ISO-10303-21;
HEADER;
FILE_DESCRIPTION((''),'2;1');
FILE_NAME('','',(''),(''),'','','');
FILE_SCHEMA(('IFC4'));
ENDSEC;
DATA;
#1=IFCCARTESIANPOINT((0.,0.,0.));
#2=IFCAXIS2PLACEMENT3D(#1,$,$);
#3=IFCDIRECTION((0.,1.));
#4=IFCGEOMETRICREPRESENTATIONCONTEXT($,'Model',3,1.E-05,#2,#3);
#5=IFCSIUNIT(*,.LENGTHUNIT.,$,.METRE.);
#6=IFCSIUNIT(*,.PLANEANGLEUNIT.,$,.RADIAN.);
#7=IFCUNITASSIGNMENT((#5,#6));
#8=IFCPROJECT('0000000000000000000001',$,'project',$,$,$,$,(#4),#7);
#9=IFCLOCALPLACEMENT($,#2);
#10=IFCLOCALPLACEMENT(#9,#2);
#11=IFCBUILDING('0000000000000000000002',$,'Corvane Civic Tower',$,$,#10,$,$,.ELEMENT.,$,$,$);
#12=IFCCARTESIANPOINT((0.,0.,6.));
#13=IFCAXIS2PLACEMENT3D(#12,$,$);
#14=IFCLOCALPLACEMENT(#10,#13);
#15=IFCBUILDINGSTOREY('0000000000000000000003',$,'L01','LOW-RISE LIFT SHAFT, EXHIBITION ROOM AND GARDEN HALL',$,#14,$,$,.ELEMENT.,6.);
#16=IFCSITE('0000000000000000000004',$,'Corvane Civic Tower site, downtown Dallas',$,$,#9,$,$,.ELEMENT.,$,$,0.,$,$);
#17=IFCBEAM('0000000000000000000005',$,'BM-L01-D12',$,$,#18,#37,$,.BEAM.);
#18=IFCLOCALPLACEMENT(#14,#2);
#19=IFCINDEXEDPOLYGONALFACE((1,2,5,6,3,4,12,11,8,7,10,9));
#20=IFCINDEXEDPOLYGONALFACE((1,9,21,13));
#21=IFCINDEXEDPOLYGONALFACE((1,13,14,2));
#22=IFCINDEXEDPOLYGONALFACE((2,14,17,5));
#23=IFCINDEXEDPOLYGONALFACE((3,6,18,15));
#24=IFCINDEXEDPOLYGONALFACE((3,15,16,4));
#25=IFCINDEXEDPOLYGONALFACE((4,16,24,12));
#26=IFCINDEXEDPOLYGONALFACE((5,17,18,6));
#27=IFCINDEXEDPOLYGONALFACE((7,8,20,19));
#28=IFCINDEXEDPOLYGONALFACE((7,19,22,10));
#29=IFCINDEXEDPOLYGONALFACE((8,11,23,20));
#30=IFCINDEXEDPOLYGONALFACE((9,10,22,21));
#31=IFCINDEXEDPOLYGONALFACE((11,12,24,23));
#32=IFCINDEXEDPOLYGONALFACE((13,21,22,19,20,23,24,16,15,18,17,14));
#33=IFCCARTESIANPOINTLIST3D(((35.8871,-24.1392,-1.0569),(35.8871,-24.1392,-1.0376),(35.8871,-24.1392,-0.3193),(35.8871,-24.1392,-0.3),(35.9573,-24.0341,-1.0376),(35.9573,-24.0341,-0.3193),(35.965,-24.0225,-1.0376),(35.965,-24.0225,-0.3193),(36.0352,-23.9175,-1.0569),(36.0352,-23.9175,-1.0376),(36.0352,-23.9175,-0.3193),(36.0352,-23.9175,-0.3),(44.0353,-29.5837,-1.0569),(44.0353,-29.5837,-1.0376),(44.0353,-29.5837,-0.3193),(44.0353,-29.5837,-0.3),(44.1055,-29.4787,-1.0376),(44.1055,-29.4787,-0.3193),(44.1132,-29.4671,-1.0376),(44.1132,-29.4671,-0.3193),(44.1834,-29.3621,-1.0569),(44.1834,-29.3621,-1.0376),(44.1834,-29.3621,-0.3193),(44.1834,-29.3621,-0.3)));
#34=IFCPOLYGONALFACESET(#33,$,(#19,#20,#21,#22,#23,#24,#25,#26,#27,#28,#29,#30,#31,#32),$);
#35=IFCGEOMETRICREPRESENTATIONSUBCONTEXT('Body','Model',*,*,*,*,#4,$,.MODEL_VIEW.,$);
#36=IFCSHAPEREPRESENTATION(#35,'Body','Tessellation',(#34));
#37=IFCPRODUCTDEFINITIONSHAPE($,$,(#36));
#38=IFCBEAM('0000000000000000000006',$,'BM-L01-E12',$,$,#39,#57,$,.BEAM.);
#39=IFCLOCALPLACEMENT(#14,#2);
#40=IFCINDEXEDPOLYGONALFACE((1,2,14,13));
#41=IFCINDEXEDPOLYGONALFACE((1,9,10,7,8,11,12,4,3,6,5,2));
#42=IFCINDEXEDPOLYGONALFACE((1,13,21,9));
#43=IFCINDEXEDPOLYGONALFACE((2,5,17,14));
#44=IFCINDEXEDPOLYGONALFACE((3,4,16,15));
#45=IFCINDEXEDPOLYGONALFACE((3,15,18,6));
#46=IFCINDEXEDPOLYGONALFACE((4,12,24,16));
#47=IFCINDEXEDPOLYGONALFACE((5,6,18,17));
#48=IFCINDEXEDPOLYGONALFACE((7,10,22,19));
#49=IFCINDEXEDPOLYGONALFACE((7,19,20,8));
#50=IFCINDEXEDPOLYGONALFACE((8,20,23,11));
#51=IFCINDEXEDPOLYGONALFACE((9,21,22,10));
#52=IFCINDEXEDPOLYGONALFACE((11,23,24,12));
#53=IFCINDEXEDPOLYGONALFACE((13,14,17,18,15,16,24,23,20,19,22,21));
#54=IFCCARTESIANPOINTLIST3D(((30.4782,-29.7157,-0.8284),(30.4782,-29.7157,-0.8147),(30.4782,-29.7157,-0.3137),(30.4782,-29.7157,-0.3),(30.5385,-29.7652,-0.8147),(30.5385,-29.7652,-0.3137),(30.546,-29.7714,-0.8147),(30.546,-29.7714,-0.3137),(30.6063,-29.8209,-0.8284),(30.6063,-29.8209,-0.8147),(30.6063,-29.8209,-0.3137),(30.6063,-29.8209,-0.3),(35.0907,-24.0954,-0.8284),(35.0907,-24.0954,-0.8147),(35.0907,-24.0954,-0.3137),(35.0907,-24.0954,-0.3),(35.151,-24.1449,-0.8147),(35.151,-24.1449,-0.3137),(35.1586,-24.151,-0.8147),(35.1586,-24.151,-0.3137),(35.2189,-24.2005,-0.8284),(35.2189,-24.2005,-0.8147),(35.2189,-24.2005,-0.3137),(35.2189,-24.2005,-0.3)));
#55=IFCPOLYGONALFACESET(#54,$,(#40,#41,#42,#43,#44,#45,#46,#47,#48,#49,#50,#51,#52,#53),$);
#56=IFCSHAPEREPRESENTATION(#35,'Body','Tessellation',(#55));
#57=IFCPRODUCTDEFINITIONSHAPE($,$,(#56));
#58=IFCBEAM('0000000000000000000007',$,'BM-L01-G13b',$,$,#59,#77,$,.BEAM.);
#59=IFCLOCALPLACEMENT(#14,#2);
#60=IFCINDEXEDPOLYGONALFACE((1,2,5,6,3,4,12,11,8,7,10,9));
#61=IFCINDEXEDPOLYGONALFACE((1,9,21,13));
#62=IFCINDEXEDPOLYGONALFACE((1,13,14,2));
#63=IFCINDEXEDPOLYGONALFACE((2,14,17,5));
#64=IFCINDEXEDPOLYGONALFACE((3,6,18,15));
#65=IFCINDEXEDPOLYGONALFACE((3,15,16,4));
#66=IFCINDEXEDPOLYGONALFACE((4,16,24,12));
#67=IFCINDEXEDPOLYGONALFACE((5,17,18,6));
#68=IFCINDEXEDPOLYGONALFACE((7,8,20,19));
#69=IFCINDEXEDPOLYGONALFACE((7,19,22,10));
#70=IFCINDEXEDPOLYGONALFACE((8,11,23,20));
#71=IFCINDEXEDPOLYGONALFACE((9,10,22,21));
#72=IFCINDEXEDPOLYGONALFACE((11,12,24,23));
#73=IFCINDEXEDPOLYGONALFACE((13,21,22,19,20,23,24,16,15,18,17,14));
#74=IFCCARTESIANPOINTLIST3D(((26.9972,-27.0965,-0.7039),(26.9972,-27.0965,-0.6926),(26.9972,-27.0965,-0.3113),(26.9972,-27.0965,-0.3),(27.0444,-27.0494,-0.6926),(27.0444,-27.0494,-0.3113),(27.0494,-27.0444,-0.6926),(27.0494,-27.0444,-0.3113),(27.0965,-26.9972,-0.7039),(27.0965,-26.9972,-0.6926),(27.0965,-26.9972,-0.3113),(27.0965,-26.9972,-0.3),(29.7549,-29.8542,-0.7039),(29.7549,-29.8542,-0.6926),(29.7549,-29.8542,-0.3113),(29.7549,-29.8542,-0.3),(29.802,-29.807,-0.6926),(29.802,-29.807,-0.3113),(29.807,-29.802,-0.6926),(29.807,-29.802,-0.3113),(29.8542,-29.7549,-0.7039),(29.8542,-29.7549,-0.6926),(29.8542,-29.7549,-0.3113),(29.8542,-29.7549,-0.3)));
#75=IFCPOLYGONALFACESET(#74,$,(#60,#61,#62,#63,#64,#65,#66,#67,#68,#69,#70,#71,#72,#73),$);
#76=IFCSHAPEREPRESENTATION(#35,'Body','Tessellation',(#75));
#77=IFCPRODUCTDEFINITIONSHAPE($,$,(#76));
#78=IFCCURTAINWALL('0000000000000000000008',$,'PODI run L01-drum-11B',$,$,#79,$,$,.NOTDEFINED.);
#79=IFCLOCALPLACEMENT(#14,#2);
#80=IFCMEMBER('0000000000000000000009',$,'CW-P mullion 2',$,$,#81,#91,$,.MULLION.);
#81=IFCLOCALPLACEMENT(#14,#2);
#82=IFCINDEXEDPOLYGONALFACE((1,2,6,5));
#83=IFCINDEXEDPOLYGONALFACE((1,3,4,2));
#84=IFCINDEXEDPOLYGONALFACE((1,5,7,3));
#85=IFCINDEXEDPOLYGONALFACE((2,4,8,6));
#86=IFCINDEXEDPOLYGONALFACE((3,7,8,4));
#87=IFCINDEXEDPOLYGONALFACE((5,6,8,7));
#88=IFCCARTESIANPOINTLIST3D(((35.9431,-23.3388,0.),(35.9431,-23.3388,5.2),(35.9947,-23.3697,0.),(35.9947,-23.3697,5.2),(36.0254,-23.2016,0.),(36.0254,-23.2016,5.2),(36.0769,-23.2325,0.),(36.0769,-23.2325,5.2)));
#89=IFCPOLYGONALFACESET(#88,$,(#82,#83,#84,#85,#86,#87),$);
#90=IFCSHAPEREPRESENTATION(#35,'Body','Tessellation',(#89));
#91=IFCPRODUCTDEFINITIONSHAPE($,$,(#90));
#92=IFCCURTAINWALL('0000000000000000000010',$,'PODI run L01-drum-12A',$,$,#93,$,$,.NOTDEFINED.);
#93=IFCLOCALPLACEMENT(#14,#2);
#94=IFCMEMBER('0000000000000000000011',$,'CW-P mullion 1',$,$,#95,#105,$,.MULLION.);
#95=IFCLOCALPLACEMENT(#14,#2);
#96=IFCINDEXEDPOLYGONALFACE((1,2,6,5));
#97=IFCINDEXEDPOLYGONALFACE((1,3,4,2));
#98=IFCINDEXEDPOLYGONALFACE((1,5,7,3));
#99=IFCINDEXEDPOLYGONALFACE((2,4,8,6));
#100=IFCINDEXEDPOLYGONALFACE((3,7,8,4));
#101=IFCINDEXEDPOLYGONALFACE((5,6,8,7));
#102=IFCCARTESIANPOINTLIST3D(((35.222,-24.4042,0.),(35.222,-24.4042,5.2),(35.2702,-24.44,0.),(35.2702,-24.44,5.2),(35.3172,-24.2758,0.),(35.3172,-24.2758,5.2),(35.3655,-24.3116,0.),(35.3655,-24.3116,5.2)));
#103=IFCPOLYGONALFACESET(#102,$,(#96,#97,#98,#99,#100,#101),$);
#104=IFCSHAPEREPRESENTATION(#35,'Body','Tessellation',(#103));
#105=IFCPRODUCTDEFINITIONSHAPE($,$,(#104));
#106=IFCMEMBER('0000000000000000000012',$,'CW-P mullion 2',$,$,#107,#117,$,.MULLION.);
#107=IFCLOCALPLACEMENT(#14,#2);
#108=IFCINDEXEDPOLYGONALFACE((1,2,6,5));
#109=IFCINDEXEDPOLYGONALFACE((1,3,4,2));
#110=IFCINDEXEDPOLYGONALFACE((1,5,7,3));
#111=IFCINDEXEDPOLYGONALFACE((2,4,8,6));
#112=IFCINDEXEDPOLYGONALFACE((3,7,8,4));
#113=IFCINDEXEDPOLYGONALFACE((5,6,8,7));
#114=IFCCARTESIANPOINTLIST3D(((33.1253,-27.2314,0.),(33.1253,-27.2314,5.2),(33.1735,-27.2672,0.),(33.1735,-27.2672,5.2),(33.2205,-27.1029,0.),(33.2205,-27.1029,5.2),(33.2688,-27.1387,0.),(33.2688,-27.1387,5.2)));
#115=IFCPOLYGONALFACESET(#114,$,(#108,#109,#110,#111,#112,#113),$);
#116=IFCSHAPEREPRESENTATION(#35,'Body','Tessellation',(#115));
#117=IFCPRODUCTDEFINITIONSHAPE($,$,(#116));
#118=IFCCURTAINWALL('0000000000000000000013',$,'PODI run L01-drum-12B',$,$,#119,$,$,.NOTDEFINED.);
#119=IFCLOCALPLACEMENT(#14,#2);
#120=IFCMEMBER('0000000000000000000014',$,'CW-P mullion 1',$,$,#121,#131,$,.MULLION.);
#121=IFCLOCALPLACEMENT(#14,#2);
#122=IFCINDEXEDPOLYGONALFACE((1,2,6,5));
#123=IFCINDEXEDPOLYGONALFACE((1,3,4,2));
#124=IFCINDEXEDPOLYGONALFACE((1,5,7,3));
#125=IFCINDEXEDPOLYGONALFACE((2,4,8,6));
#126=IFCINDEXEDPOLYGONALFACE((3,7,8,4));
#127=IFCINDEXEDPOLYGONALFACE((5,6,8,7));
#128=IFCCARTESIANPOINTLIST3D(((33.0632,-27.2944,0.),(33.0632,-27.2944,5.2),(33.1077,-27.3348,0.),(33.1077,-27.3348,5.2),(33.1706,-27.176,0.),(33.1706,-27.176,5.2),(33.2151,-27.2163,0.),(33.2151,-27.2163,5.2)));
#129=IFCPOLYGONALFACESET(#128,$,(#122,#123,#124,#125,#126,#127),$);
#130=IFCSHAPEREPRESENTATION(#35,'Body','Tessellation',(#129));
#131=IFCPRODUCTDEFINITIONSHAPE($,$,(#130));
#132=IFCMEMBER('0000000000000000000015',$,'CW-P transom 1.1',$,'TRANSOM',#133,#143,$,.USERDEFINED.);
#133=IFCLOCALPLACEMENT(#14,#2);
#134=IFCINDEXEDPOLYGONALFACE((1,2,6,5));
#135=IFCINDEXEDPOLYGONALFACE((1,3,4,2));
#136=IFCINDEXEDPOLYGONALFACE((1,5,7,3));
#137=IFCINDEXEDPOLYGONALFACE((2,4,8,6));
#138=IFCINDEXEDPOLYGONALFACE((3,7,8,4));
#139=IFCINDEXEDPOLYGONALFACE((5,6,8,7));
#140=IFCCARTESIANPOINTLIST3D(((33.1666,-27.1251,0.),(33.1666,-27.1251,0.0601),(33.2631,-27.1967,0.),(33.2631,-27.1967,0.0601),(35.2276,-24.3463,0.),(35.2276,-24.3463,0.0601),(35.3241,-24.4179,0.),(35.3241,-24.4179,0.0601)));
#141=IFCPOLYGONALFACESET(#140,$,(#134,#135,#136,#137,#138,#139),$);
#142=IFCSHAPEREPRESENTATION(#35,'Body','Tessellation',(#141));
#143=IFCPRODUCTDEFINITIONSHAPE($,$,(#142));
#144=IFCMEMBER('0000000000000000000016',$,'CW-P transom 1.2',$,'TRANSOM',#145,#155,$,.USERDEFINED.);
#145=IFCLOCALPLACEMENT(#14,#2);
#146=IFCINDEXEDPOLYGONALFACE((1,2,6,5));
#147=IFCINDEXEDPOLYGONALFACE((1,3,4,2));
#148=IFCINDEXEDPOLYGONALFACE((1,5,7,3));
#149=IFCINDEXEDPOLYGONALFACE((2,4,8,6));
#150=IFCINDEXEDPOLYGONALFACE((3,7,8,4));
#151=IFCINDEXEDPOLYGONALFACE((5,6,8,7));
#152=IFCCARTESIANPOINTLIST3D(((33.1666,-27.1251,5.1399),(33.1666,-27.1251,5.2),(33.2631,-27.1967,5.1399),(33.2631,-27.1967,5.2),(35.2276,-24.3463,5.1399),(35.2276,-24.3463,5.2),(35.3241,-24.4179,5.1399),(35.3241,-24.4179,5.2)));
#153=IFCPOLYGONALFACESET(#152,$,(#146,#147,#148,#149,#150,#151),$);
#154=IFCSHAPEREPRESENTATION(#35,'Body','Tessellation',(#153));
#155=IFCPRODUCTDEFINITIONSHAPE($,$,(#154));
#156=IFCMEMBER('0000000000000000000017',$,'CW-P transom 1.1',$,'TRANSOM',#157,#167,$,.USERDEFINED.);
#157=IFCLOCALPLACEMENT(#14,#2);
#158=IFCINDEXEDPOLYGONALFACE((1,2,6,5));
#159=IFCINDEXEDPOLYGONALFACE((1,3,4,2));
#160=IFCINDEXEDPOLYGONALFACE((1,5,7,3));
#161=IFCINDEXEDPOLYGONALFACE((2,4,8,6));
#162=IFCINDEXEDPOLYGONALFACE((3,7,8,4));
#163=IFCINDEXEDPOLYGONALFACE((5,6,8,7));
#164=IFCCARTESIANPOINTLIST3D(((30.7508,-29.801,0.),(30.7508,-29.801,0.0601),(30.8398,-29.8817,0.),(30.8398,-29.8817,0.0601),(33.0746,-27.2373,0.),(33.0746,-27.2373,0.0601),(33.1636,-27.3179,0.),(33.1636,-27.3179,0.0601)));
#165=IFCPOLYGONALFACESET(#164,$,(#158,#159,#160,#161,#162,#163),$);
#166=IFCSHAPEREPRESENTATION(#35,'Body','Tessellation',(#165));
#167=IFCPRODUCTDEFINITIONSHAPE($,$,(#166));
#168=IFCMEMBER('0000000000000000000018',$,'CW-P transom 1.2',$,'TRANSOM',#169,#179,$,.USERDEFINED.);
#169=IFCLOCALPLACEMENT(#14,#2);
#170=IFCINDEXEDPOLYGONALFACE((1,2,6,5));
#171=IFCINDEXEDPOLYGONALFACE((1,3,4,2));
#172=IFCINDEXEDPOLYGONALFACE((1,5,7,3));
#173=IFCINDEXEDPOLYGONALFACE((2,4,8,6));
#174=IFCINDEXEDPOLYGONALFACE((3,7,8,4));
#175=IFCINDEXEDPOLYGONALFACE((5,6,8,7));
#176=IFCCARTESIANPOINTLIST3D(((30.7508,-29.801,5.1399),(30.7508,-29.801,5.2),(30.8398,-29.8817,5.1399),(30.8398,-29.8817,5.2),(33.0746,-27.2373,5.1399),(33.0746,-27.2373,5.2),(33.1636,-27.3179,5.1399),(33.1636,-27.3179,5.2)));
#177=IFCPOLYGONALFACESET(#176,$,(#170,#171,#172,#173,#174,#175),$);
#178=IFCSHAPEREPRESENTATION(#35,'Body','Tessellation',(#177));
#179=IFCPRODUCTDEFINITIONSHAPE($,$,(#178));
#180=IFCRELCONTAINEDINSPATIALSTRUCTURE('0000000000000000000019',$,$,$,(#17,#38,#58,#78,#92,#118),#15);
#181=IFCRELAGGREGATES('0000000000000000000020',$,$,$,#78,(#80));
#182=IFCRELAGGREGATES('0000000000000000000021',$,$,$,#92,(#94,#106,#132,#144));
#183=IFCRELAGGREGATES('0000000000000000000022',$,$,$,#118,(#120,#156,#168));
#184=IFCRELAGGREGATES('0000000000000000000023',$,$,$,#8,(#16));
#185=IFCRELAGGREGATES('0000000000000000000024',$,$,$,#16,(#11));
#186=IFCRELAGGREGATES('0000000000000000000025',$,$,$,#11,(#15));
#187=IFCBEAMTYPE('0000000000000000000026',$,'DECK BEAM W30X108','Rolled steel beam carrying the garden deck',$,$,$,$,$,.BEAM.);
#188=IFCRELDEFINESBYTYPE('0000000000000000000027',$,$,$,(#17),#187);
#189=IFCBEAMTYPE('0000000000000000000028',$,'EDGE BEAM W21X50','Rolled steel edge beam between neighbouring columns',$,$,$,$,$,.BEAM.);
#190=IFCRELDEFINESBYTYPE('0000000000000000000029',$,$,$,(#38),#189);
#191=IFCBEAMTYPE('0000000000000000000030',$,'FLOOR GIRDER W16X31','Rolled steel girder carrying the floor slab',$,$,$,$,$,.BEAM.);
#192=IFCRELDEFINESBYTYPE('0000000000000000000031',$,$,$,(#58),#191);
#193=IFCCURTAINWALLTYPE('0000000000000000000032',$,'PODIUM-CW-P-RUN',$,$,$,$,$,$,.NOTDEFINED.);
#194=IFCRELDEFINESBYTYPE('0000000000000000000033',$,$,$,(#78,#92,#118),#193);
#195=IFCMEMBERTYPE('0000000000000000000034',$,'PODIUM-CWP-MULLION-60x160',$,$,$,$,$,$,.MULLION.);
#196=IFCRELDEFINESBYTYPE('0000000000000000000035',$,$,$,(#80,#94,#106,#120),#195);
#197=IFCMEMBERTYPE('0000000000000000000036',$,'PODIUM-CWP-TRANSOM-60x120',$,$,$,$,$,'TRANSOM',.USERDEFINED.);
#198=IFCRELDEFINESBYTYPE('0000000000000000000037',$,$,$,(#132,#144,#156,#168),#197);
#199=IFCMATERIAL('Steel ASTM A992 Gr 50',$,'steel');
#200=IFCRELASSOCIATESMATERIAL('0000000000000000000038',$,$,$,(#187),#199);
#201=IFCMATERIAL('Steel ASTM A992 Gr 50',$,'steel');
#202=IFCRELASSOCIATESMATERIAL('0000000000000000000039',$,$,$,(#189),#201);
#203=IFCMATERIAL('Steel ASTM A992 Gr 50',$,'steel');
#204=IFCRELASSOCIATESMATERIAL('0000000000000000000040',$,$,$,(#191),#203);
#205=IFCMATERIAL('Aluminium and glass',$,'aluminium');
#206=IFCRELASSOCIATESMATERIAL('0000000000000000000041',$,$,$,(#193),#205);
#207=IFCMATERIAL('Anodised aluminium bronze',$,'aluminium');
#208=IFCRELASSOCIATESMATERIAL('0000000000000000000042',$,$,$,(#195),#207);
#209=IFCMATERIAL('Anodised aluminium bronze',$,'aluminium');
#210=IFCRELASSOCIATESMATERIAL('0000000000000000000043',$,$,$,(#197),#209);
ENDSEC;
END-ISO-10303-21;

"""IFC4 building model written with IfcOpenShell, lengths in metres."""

from ifc_helpers import new_model, si_unit, direction, frame, origin, origin_2d, place, context, subcontext, project, spatial, rectangle, i_section, extrude, material, material_profile, profile_set, type_object, element, aggregate, save


model = new_model("IFC4")

# Units and contexts
model_context = context("Model", 3, precision=1e-05, world=origin(), true_north=direction((0.0, 1.0)))
body_context = subcontext(model_context, "Body", "Model", "MODEL_VIEW")
ifc_project = project(units=[si_unit("LENGTHUNIT", "METRE"), si_unit("PLANEANGLEUNIT", "RADIAN")], contexts=[model_context])

# Site, building, storey
site_placement = place(None, origin())
site = spatial("IfcSite", under=ifc_project, at=site_placement, Name="Corvane Civic Tower site, downtown Dallas", CompositionType="ELEMENT", RefElevation=0.0)
building_placement = place(site_placement, origin())
building = spatial("IfcBuilding", under=site, at=building_placement, Name="Corvane Civic Tower", CompositionType="ELEMENT")
storey_placement = place(building_placement, frame((0.0, 0.0, 6.0)))
storey = spatial("IfcBuildingStorey", under=building, at=storey_placement, Name="L01", Description="LOW-RISE LIFT SHAFT, EXHIBITION ROOM AND GARDEN HALL", CompositionType="ELEMENT", Elevation=6.0)

# Beams
ifc_material_1 = material(Name="Steel ASTM A992 Gr 50", Category="steel")
ifc_material_profile_1 = material_profile(ifc_material_1, i_section(OverallWidth=0.2666, OverallDepth=0.7568, WebThickness=0.0139, FlangeThickness=0.0193, at=origin_2d()), Name="W30X108")
ifc_profile_set_1 = profile_set([ifc_material_profile_1], Name="Steel ASTM A992 Gr 50")
beam_type_1 = type_object("IfcBeamType", Name="DECK BEAM W30X108", Description="Rolled steel beam carrying the garden deck", PredefinedType="BEAM", material=ifc_profile_set_1)
beam_1_placement = place(storey_placement, frame((35.9612, -24.0283, -0.6785), z_axis=(0.831463, -0.555579, 0.0), x_axis=(0.555579, 0.831463, 0.0)))
element("IfcBeam", 1, at=beam_1_placement, inside=storey, type_object=beam_type_1, Name="BM-L01-D12", PredefinedType="BEAM", context=body_context, shape_type="SweptSolid", body=[
    extrude(i_section(OverallWidth=0.2666, OverallDepth=0.7568, WebThickness=0.0139, FlangeThickness=0.0193, at=origin_2d()), origin(), (0.0, 0.0, 1.0), 9.7998),
])
ifc_material_2 = material(Name="Steel ASTM A992 Gr 50", Category="steel")
ifc_material_profile_2 = material_profile(ifc_material_2, i_section(OverallWidth=0.1658, OverallDepth=0.5283, WebThickness=0.0098, FlangeThickness=0.0137, at=origin_2d()), Name="W21X50")
ifc_profile_set_2 = profile_set([ifc_material_profile_2], Name="Steel ASTM A992 Gr 50")
beam_type_2 = type_object("IfcBeamType", Name="EDGE BEAM W21X50", Description="Rolled steel edge beam between neighbouring columns", PredefinedType="BEAM", material=ifc_profile_set_2)
beam_2_placement = place(storey_placement, frame((35.1548, -24.1479, -0.5642), z_axis=(-0.634396, -0.773008, 0.0), x_axis=(0.773008, -0.634396, 0.0)))
element("IfcBeam", 2, at=beam_2_placement, inside=storey, type_object=beam_type_2, Name="BM-L01-E12", PredefinedType="BEAM", context=body_context, shape_type="SweptSolid", body=[
    extrude(i_section(OverallWidth=0.1658, OverallDepth=0.5283, WebThickness=0.0098, FlangeThickness=0.0137, at=origin_2d()), origin(), (0.0, 0.0, 1.0), 7.2708),
])
ifc_material_3 = material(Name="Steel ASTM A992 Gr 50", Category="steel")
ifc_material_profile_3 = material_profile(ifc_material_3, i_section(OverallWidth=0.1404, OverallDepth=0.4038, WebThickness=0.0071, FlangeThickness=0.0112, at=origin_2d()), Name="W16X31")
ifc_profile_set_3 = profile_set([ifc_material_profile_3], Name="Steel ASTM A992 Gr 50")
beam_type_3 = type_object("IfcBeamType", Name="FLOOR GIRDER W16X31", Description="Rolled steel girder carrying the floor slab", PredefinedType="BEAM", material=ifc_profile_set_3)
beam_3_placement = place(storey_placement, frame((27.0469, -27.0469, -0.502), z_axis=(0.707107, -0.707107, 0.0), x_axis=(0.707107, 0.707107, 0.0)))
element("IfcBeam", 3, at=beam_3_placement, inside=storey, type_object=beam_type_3, Name="BM-L01-G13b", PredefinedType="BEAM", context=body_context, shape_type="SweptSolid", body=[
    extrude(i_section(OverallWidth=0.1404, OverallDepth=0.4038, WebThickness=0.0071, FlangeThickness=0.0112, at=origin_2d()), origin(), (0.0, 0.0, 1.0), 3.8999),
])

# Curtain wall, member
ifc_material_4 = material(Name="Aluminium and glass", Category="aluminium")
curtain_wall_type = type_object("IfcCurtainWallType", Name="PODIUM-CW-P-RUN", PredefinedType="NOTDEFINED", material=ifc_material_4)
curtain_wall_1_placement = place(storey_placement, origin())
curtain_wall_1 = element("IfcCurtainWall", 4, at=curtain_wall_1_placement, inside=storey, type_object=curtain_wall_type, Name="PODI run L01-drum-11B", PredefinedType="NOTDEFINED")
ifc_material_5 = material(Name="Anodised aluminium bronze", Category="aluminium")
ifc_material_profile_4 = material_profile(ifc_material_5, rectangle(XDim=0.0601, YDim=0.1599, at=origin_2d()), Name="AL 60x160")
ifc_profile_set_4 = profile_set([ifc_material_profile_4], Name="Anodised aluminium bronze")
member_type_1 = type_object("IfcMemberType", Name="PODIUM-CWP-MULLION-60x160", PredefinedType="MULLION", material=ifc_profile_set_4)
member_1_placement = place(storey_placement, frame((36.01, -23.2856, 0.0), z_axis=(0.0, 0.0, 1.0), x_axis=(0.85772, -0.514118, 0.0)))
member_1 = element("IfcMember", 5, at=member_1_placement, type_object=member_type_1, Name="CW-P mullion 2", PredefinedType="MULLION", context=body_context, shape_type="SweptSolid", body=[
    extrude(rectangle(XDim=0.0601, YDim=0.1599, at=origin_2d()), origin(), (0.0, 0.0, 1.0), 5.2),
])

# Curtain wall, members
curtain_wall_2_placement = place(storey_placement, origin())
curtain_wall_2 = element("IfcCurtainWall", 6, at=curtain_wall_2_placement, inside=storey, type_object=curtain_wall_type, Name="PODI run L01-drum-12A", PredefinedType="NOTDEFINED")
member_2_placement = place(storey_placement, frame((35.2937, -24.3579, 0.0), z_axis=(0.0, 0.0, 1.0), x_axis=(0.803203, -0.595705, 0.0)))
member_2 = element("IfcMember", 7, at=member_2_placement, type_object=member_type_1, Name="CW-P mullion 1", PredefinedType="MULLION", context=body_context, shape_type="SweptSolid", body=[
    extrude(rectangle(XDim=0.0601, YDim=0.1599, at=origin_2d()), origin(), (0.0, 0.0, 1.0), 5.2),
])
member_3_placement = place(storey_placement, frame((33.197, -27.1851, 0.0), z_axis=(0.0, 0.0, 1.0), x_axis=(0.803203, -0.595705, 0.0)))
member_3 = element("IfcMember", 8, at=member_3_placement, type_object=member_type_1, Name="CW-P mullion 2", PredefinedType="MULLION", context=body_context, shape_type="SweptSolid", body=[
    extrude(rectangle(XDim=0.0601, YDim=0.1599, at=origin_2d()), origin(), (0.0, 0.0, 1.0), 5.2),
])

# Curtain wall, member
curtain_wall_3_placement = place(storey_placement, origin())
curtain_wall_3 = element("IfcCurtainWall", 9, at=curtain_wall_3_placement, inside=storey, type_object=curtain_wall_type, Name="PODI run L01-drum-12B", PredefinedType="NOTDEFINED")
member_4_placement = place(storey_placement, frame((33.1392, -27.2554, 0.0), z_axis=(0.0, 0.0, 1.0), x_axis=(0.740935, -0.671576, 0.0)))
member_4 = element("IfcMember", 10, at=member_4_placement, type_object=member_type_1, Name="CW-P mullion 1", PredefinedType="MULLION", context=body_context, shape_type="SweptSolid", body=[
    extrude(rectangle(XDim=0.0601, YDim=0.1599, at=origin_2d()), origin(), (0.0, 0.0, 1.0), 5.2),
])

# Members
ifc_material_6 = material(Name="Anodised aluminium bronze", Category="aluminium")
ifc_material_profile_5 = material_profile(ifc_material_6, rectangle(XDim=0.1201, YDim=0.0601, at=origin_2d()), Name="AL 120x60")
ifc_profile_set_5 = profile_set([ifc_material_profile_5], Name="Anodised aluminium bronze")
member_type_2 = type_object("IfcMemberType", Name="PODIUM-CWP-TRANSOM-60x120", ElementType="TRANSOM", PredefinedType="USERDEFINED", material=ifc_profile_set_5)
member_5_placement = place(storey_placement, frame((35.2759, -24.3821, 0.03), z_axis=(-0.595724, -0.80319, 0.0), x_axis=(0.80319, -0.595724, 0.0)))
member_5 = element("IfcMember", 11, at=member_5_placement, type_object=member_type_2, Name="CW-P transom 1.1", ObjectType="TRANSOM", PredefinedType="USERDEFINED", context=body_context, shape_type="SweptSolid", body=[
    extrude(rectangle(XDim=0.1201, YDim=0.0601, at=origin_2d()), origin(), (0.0, 0.0, 1.0), 3.4597),
])
member_6_placement = place(storey_placement, frame((35.2759, -24.3821, 5.1699), z_axis=(-0.595724, -0.80319, 0.0), x_axis=(0.80319, -0.595724, 0.0)))
member_6 = element("IfcMember", 12, at=member_6_placement, type_object=member_type_2, Name="CW-P transom 1.2", ObjectType="TRANSOM", PredefinedType="USERDEFINED", context=body_context, shape_type="SweptSolid", body=[
    extrude(rectangle(XDim=0.1201, YDim=0.0601, at=origin_2d()), origin(), (0.0, 0.0, 1.0), 3.4597),
])
member_7_placement = place(storey_placement, frame((33.1191, -27.2776, 0.03), z_axis=(-0.671576, -0.740935, 0.0), x_axis=(0.740935, -0.671576, 0.0)))
member_7 = element("IfcMember", 13, at=member_7_placement, type_object=member_type_2, Name="CW-P transom 1.1", ObjectType="TRANSOM", PredefinedType="USERDEFINED", context=body_context, shape_type="SweptSolid", body=[
    extrude(rectangle(XDim=0.1201, YDim=0.0601, at=origin_2d()), origin(), (0.0, 0.0, 1.0), 3.4602),
])
member_8_placement = place(storey_placement, frame((33.1191, -27.2776, 5.1699), z_axis=(-0.671576, -0.740935, 0.0), x_axis=(0.740935, -0.671576, 0.0)))
member_8 = element("IfcMember", 14, at=member_8_placement, type_object=member_type_2, Name="CW-P transom 1.2", ObjectType="TRANSOM", PredefinedType="USERDEFINED", context=body_context, shape_type="SweptSolid", body=[
    extrude(rectangle(XDim=0.1201, YDim=0.0601, at=origin_2d()), origin(), (0.0, 0.0, 1.0), 3.4602),
])

aggregate(curtain_wall_1, [member_1])
aggregate(curtain_wall_2, [member_2, member_3, member_5, member_6])
aggregate(curtain_wall_3, [member_4, member_7, member_8])

save(model, "model.ifc")
